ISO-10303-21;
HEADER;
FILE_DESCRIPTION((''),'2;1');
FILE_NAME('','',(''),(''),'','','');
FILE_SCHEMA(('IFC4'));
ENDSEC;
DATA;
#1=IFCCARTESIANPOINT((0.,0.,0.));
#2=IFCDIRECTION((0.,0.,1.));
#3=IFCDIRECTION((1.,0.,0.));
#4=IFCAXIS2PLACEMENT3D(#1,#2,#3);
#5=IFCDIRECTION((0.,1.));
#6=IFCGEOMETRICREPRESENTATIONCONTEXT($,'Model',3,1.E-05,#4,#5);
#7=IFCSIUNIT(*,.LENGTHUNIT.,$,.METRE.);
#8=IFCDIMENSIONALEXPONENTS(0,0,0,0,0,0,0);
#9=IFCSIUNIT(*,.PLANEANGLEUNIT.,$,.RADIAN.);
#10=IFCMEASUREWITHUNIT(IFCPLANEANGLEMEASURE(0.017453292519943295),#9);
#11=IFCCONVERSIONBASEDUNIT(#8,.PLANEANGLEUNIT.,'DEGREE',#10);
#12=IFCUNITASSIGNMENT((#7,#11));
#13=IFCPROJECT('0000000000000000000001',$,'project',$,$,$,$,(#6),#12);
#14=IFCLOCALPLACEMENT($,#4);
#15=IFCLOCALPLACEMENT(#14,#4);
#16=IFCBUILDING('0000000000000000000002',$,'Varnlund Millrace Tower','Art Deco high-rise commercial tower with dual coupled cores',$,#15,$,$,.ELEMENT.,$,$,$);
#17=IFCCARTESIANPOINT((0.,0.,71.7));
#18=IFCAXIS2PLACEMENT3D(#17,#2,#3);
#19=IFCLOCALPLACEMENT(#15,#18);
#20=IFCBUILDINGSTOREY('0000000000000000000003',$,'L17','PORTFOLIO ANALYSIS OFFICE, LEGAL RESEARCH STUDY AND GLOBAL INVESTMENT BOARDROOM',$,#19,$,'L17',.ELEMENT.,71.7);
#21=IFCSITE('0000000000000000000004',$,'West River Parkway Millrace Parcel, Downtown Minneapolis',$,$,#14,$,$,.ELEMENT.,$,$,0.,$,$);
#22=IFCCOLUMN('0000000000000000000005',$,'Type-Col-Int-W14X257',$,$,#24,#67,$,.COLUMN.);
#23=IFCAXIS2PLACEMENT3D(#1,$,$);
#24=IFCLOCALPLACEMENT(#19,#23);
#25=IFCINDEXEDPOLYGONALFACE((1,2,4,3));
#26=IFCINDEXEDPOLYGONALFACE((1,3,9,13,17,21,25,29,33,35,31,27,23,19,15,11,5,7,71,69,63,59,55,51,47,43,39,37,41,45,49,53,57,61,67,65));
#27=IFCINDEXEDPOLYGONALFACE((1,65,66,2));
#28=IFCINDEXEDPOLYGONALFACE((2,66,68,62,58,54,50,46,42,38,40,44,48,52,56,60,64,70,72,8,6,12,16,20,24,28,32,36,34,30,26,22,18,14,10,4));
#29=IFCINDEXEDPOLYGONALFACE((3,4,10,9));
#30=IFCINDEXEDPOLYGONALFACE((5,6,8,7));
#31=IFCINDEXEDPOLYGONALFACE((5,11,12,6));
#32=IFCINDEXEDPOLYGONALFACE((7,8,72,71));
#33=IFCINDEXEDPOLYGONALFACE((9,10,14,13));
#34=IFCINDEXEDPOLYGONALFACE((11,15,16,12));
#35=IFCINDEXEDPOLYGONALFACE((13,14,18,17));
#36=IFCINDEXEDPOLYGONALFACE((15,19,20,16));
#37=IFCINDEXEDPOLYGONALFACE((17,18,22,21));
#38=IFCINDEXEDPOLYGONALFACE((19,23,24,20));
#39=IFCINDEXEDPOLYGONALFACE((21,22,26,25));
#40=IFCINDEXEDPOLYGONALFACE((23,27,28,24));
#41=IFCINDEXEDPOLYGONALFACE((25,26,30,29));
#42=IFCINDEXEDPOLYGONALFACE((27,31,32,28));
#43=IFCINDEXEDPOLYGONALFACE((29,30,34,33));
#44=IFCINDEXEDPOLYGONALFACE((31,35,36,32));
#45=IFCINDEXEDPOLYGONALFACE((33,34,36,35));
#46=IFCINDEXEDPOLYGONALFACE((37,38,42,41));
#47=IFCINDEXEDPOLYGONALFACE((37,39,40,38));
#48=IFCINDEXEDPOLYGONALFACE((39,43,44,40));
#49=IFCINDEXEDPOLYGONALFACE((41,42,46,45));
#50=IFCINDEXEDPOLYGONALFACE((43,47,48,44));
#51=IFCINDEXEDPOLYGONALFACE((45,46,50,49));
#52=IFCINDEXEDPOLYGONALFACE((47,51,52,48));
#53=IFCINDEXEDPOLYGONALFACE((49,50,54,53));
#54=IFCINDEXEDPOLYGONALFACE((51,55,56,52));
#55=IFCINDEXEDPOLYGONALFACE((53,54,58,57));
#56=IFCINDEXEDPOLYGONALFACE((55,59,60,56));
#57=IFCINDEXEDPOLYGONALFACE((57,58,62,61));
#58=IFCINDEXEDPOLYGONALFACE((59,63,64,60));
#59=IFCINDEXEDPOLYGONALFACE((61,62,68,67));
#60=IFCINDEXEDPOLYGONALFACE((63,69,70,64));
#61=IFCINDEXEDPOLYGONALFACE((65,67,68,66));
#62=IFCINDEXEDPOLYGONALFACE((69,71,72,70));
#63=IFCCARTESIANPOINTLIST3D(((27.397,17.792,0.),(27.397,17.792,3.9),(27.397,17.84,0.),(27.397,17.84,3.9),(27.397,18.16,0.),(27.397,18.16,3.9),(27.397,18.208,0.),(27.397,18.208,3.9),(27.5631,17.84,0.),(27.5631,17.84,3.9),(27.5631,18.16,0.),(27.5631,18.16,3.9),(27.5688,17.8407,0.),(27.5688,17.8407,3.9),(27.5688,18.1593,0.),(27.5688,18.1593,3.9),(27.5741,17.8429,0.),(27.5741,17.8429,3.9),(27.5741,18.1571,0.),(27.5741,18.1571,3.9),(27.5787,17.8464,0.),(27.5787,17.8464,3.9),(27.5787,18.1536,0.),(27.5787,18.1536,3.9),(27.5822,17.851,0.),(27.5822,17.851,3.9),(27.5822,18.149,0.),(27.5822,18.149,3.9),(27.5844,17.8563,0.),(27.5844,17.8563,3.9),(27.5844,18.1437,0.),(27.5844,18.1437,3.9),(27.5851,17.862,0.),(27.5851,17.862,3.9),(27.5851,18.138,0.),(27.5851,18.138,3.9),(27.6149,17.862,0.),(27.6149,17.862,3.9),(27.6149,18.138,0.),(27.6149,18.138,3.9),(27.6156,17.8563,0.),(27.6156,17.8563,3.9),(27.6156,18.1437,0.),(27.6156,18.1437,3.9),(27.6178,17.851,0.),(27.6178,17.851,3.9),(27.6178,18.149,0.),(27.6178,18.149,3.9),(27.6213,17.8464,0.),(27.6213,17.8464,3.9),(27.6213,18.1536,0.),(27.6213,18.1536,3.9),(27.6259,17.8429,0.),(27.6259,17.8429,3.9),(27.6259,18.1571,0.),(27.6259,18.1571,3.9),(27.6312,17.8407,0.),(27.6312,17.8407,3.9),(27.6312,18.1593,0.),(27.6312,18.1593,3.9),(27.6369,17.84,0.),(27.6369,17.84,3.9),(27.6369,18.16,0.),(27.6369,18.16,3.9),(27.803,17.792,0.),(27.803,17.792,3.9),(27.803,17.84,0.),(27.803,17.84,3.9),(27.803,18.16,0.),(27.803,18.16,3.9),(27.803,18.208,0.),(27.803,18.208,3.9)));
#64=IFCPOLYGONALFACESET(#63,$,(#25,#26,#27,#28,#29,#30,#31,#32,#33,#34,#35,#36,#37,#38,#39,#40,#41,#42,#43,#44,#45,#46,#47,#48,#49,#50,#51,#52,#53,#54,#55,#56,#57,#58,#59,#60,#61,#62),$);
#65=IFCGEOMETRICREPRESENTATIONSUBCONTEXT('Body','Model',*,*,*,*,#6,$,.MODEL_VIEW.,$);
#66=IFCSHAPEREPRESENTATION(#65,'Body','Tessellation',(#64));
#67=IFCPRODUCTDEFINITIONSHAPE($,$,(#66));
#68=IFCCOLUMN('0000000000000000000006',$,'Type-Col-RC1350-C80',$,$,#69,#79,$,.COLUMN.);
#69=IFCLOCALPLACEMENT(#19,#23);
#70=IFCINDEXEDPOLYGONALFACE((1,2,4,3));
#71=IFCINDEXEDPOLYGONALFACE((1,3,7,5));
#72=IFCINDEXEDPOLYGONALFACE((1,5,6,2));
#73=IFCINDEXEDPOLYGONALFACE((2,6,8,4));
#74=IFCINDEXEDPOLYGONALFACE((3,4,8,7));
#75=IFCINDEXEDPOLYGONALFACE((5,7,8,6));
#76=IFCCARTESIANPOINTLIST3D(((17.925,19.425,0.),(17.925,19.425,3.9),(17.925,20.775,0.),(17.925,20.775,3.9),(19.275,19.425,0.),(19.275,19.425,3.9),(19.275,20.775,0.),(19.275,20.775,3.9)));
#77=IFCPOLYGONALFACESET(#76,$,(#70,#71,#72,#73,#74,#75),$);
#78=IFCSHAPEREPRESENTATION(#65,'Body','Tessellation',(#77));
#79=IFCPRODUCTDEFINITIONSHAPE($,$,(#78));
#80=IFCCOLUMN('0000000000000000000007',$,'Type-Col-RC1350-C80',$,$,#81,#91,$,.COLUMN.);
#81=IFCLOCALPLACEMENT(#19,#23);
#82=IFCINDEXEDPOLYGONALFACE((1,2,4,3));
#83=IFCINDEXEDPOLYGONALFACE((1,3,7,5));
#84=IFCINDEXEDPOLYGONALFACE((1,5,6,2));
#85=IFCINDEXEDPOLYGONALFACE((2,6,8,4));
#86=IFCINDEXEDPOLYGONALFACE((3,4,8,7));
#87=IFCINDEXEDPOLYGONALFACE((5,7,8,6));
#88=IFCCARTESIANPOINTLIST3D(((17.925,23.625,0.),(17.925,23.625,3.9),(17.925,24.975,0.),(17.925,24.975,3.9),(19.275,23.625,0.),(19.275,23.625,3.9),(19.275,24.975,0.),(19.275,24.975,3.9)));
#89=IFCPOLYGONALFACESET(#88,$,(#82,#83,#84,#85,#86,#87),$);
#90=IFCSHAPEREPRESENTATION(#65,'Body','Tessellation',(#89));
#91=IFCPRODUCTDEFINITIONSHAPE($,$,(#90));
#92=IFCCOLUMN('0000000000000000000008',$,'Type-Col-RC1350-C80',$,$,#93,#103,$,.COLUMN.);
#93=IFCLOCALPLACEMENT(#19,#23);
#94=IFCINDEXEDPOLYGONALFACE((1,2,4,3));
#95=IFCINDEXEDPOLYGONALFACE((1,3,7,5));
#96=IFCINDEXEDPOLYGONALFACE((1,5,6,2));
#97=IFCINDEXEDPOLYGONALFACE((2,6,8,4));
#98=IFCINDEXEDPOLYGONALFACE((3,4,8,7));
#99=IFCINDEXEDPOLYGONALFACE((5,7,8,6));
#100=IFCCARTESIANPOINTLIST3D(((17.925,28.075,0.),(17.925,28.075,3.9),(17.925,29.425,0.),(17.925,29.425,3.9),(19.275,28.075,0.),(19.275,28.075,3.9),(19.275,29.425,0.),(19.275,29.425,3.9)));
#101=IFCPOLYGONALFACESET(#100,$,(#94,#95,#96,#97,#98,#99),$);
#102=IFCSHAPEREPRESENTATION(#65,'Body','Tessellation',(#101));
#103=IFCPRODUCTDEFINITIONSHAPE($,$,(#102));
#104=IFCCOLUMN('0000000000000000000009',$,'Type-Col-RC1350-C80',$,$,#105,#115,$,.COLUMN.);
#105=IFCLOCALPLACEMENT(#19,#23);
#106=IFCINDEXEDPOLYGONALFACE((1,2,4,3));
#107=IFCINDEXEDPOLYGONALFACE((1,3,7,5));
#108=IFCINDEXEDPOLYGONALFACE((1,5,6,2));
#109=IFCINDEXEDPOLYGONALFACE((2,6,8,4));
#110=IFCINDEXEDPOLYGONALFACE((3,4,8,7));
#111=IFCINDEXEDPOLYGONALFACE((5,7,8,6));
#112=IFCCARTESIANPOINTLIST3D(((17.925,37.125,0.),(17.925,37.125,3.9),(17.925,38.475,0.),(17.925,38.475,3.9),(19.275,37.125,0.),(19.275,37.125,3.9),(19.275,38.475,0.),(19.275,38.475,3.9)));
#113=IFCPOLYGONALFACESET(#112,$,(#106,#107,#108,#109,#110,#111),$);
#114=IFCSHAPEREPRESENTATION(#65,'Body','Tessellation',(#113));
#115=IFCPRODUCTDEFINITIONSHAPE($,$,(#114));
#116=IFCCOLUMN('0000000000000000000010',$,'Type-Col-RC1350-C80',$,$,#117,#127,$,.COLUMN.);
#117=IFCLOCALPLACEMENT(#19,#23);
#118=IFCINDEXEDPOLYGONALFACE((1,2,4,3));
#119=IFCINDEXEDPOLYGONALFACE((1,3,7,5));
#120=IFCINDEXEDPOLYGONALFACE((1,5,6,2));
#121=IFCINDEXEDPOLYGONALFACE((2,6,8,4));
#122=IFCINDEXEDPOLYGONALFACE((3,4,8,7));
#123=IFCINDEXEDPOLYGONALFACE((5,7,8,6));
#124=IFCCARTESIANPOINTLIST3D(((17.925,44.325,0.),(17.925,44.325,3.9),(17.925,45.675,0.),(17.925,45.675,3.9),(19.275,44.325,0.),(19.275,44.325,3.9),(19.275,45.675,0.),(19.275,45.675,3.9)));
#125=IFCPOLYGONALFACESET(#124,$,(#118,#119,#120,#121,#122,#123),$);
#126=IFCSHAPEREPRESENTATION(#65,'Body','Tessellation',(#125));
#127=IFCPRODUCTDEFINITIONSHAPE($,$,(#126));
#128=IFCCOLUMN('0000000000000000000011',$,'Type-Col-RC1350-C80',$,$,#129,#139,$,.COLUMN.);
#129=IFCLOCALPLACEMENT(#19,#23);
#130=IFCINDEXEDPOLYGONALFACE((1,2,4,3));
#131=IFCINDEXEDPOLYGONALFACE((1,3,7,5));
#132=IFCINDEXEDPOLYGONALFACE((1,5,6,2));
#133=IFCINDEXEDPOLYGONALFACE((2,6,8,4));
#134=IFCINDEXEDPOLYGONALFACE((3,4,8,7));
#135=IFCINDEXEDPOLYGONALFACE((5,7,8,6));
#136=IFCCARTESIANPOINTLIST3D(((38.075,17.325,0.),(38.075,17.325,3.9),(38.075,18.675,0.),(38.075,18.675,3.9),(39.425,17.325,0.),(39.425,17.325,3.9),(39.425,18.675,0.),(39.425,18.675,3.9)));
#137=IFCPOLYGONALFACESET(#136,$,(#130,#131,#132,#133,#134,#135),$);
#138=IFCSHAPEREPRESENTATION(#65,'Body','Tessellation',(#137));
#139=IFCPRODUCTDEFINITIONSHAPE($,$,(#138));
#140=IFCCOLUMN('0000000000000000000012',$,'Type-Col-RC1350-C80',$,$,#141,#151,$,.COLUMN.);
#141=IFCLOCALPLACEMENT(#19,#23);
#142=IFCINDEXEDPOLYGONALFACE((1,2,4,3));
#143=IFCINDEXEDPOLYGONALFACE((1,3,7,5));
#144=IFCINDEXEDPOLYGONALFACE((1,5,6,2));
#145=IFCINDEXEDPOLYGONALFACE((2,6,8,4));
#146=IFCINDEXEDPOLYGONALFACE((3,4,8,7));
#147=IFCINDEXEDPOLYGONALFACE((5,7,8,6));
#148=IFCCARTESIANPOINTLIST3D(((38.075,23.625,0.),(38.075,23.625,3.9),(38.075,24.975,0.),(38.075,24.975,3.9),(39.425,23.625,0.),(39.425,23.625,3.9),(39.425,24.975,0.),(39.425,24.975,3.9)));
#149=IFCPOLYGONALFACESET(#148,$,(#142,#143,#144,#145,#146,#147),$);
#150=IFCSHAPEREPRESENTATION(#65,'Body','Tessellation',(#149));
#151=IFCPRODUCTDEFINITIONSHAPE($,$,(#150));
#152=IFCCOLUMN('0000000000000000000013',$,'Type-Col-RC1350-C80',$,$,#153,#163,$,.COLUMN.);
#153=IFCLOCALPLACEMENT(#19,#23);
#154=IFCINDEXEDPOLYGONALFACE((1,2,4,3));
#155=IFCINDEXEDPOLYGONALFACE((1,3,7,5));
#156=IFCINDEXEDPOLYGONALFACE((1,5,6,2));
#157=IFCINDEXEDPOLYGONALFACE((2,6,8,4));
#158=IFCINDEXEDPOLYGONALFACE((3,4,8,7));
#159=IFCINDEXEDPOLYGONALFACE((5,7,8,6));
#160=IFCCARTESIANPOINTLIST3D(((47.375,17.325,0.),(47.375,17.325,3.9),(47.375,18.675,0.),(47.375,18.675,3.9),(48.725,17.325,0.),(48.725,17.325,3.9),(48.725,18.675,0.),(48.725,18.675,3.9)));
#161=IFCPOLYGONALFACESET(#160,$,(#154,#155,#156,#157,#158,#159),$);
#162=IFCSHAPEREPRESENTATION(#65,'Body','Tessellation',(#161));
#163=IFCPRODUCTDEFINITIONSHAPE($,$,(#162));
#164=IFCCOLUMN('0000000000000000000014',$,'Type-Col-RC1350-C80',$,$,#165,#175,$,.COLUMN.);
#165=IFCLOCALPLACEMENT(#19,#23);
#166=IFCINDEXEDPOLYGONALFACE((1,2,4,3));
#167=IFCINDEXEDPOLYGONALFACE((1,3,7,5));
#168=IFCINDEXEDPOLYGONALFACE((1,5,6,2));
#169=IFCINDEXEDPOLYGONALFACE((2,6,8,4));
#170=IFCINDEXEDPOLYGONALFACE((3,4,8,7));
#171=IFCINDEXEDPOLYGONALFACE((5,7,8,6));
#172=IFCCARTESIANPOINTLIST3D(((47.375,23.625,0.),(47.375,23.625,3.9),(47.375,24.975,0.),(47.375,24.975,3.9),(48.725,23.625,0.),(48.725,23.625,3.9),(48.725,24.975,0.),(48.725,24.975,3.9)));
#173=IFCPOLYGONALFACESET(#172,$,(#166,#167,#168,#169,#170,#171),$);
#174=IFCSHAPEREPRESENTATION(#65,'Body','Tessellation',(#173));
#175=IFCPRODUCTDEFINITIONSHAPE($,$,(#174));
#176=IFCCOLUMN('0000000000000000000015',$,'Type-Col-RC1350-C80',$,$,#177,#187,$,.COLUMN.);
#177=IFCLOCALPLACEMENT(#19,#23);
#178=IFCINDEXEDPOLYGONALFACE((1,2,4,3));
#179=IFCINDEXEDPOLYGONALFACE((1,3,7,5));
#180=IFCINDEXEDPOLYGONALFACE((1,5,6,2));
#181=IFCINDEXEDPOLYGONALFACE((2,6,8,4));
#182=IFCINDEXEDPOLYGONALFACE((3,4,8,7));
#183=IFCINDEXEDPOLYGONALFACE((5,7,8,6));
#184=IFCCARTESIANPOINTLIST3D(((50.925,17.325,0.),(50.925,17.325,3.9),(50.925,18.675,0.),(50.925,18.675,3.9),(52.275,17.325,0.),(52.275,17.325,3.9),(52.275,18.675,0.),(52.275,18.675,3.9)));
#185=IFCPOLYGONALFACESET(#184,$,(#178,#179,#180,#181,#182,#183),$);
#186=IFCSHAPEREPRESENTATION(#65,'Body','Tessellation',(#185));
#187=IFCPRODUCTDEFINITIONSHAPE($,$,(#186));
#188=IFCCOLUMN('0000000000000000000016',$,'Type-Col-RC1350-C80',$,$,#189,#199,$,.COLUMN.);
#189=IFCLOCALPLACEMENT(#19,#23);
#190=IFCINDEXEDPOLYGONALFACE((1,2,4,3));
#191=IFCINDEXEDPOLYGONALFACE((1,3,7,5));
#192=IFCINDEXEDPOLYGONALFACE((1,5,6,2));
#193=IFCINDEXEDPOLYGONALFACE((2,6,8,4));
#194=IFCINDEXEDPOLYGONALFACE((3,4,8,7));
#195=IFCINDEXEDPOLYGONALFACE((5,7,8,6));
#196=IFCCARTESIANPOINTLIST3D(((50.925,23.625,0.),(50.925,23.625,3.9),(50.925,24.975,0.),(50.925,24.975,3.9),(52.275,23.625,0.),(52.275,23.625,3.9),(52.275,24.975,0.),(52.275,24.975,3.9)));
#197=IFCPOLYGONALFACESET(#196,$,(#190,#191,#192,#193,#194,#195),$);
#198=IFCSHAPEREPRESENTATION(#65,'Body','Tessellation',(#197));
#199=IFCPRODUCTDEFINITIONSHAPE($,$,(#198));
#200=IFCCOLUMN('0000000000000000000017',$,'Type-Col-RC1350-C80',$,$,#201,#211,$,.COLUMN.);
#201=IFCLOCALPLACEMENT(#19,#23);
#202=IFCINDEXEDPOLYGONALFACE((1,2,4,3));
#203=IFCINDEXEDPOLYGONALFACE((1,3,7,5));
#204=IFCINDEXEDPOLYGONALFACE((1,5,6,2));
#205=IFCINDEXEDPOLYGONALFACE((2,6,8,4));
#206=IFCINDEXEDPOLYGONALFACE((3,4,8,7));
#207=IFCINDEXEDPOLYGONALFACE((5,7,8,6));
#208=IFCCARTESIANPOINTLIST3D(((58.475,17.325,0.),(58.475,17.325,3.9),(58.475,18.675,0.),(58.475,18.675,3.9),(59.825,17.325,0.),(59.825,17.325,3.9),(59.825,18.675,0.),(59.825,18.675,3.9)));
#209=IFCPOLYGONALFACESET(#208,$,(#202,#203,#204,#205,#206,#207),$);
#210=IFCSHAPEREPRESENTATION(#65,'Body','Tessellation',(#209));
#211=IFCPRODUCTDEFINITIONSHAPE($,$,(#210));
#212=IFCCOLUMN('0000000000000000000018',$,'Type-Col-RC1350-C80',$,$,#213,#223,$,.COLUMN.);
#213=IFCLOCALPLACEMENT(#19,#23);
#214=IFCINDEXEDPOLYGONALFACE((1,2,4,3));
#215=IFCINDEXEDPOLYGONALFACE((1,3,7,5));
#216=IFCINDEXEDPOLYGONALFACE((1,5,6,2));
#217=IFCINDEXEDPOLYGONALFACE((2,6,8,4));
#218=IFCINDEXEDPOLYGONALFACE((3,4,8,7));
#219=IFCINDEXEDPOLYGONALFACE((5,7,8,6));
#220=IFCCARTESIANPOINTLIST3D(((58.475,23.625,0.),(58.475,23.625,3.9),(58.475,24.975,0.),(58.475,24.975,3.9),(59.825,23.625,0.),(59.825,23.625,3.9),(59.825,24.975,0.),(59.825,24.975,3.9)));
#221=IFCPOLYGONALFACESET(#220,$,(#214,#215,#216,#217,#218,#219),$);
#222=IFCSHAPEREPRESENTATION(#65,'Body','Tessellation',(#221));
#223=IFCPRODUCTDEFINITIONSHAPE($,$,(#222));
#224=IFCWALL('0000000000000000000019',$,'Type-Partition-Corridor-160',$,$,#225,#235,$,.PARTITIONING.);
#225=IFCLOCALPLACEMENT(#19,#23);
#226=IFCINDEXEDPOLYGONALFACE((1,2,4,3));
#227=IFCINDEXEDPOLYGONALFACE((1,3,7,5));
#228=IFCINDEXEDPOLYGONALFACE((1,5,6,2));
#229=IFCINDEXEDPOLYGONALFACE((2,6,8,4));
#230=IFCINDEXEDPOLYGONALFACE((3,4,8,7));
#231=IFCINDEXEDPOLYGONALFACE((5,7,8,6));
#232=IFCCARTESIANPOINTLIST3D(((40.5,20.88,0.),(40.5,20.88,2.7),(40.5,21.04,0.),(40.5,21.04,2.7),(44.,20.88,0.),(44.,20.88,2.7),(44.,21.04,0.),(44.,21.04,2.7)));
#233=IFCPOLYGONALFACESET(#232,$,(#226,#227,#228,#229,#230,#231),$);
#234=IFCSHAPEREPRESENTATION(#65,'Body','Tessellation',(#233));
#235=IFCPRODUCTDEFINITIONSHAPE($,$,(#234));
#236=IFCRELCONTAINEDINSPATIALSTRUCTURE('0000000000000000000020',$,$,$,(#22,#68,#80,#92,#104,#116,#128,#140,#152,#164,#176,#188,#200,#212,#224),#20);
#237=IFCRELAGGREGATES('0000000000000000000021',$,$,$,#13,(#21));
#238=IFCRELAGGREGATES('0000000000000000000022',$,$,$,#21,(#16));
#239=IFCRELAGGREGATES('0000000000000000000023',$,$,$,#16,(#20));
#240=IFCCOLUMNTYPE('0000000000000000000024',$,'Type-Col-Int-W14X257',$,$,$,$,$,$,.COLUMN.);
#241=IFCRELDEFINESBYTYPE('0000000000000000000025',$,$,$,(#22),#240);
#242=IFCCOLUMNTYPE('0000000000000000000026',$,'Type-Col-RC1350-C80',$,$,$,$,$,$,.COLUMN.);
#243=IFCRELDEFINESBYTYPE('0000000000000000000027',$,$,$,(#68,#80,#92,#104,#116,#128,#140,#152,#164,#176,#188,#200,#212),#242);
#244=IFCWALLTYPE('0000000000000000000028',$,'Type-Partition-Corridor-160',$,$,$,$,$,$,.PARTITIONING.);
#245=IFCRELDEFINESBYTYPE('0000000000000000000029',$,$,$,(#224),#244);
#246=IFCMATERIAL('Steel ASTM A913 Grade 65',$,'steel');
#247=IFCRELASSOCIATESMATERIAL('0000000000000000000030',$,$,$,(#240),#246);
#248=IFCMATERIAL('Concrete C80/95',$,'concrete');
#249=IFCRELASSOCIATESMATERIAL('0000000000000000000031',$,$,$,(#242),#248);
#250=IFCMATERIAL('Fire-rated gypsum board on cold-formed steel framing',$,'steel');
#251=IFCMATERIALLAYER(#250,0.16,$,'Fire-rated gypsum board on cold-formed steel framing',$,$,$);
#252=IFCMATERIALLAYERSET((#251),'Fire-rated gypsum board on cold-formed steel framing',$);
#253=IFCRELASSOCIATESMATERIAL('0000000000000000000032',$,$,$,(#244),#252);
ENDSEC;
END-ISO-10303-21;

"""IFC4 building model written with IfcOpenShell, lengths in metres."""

from ifc_helpers import new_model, entity, si_unit, converted_unit, direction, frame, origin_with_axes, origin_2d_with_axis, place, context, subcontext, project, spatial, polyline, rectangle, i_section, outline, extrude, material, layer, layer_set, material_profile, profile_set, type_object, element, save


model = new_model("IFC4")

# Units and contexts
model_context = context("Model", 3, precision=1e-05, world=origin_with_axes(), true_north=direction((0.0, 1.0)))
body_context = subcontext(model_context, "Body", "Model", "MODEL_VIEW")
ifc_project = project(units=[si_unit("LENGTHUNIT", "METRE"), converted_unit("PLANEANGLEUNIT", "DEGREE", entity("IfcPlaneAngleMeasure", 0.017453292519943295), si_unit("PLANEANGLEUNIT", "RADIAN"), dimensions=[0, 0, 0, 0, 0, 0, 0])], contexts=[model_context])

# Site, building, storey
site_placement = place(None, origin_with_axes())
site = spatial("IfcSite", under=ifc_project, at=site_placement, Name="West River Parkway Millrace Parcel, Downtown Minneapolis", CompositionType="ELEMENT", RefElevation=0.0)
building_placement = place(site_placement, origin_with_axes())
building = spatial("IfcBuilding", under=site, at=building_placement, Name="Varnlund Millrace Tower", Description="Art Deco high-rise commercial tower with dual coupled cores", CompositionType="ELEMENT")
storey_placement = place(building_placement, frame((0.0, 0.0, 71.7), z_axis=(0.0, 0.0, 1.0), x_axis=(1.0, 0.0, 0.0)))
storey = spatial("IfcBuildingStorey", under=building, at=storey_placement, Name="L17", Description="PORTFOLIO ANALYSIS OFFICE, LEGAL RESEARCH STUDY AND GLOBAL INVESTMENT BOARDROOM", LongName="L17", CompositionType="ELEMENT", Elevation=71.7)

# Columns
ifc_material_1 = material(Name="Steel ASTM A913 Grade 65", Category="steel")
ifc_material_profile_1 = material_profile(ifc_material_1, i_section(OverallWidth=0.406, OverallDepth=0.416, WebThickness=0.0298, FlangeThickness=0.048, FilletRadius=0.022, at=origin_2d_with_axis()), Name="Steel ASTM A913 Grade 65")
ifc_profile_set_1 = profile_set([ifc_material_profile_1], Name="Steel ASTM A913 Grade 65")
column_type_1 = type_object("IfcColumnType", Name="Type-Col-Int-W14X257", PredefinedType="COLUMN", material=ifc_profile_set_1)
column_placement = place(storey_placement, frame((27.6, 18.0, 0.0), z_axis=(0.0, 0.0, 1.0), x_axis=(1.0, 0.0, 0.0)))
element("IfcColumn", 1, at=column_placement, inside=storey, type_object=column_type_1, Name="Type-Col-Int-W14X257", PredefinedType="COLUMN", context=body_context, shape_type="SweptSolid", body=[
    extrude(i_section(OverallWidth=0.406, OverallDepth=0.416, WebThickness=0.0298, FlangeThickness=0.048, FilletRadius=0.022, at=origin_2d_with_axis()), origin_with_axes(), (0.0, 0.0, 1.0), 3.9),
])
ifc_material_2 = material(Name="Concrete C80/95", Category="concrete")
ifc_material_profile_2 = material_profile(ifc_material_2, rectangle(XDim=1.35, YDim=1.35, at=origin_2d_with_axis()), Name="Concrete C80/95")
ifc_profile_set_2 = profile_set([ifc_material_profile_2], Name="Concrete C80/95")
column_type_2 = type_object("IfcColumnType", Name="Type-Col-RC1350-C80", PredefinedType="COLUMN", material=ifc_profile_set_2)
for number, where, z_axis, x_axis, name in (
    (2, (18.6, 20.1, 0.0), (0.0, 0.0, 1.0), (1.0, 0.0, 0.0), "Type-Col-RC1350-C80"),
    (3, (18.6, 24.3, 0.0), (0.0, 0.0, 1.0), (1.0, 0.0, 0.0), "Type-Col-RC1350-C80"),
    (4, (18.6, 28.75, 0.0), (0.0, 0.0, 1.0), (1.0, 0.0, 0.0), "Type-Col-RC1350-C80"),
    (5, (18.6, 37.8, 0.0), (0.0, 0.0, 1.0), (1.0, 0.0, 0.0), "Type-Col-RC1350-C80"),
    (6, (18.6, 45.0, 0.0), (0.0, 0.0, 1.0), (1.0, 0.0, 0.0), "Type-Col-RC1350-C80"),
    (7, (38.75, 18.0, 0.0), (0.0, 0.0, 1.0), (1.0, 0.0, 0.0), "Type-Col-RC1350-C80"),
    (8, (38.75, 24.3, 0.0), (0.0, 0.0, 1.0), (1.0, 0.0, 0.0), "Type-Col-RC1350-C80"),
    (9, (48.05, 18.0, 0.0), (0.0, 0.0, 1.0), (1.0, 0.0, 0.0), "Type-Col-RC1350-C80"),
    (10, (48.05, 24.3, 0.0), (0.0, 0.0, 1.0), (1.0, 0.0, 0.0), "Type-Col-RC1350-C80"),
    (11, (51.6, 18.0, 0.0), (0.0, 0.0, 1.0), (1.0, 0.0, 0.0), "Type-Col-RC1350-C80"),
    (12, (51.6, 24.3, 0.0), (0.0, 0.0, 1.0), (1.0, 0.0, 0.0), "Type-Col-RC1350-C80"),
    (13, (59.15, 18.0, 0.0), (0.0, 0.0, 1.0), (1.0, 0.0, 0.0), "Type-Col-RC1350-C80"),
    (14, (59.15, 24.3, 0.0), (0.0, 0.0, 1.0), (1.0, 0.0, 0.0), "Type-Col-RC1350-C80"),
):
    element("IfcColumn", number, at=place(storey_placement, frame(where, z_axis=z_axis, x_axis=x_axis)), inside=storey, type_object=column_type_2, Name=name, PredefinedType="COLUMN", context=body_context, shape_type="SweptSolid", body=[
        extrude(rectangle(XDim=1.35, YDim=1.35, at=origin_2d_with_axis()), origin_with_axes(), (0.0, 0.0, 1.0), 3.9),
    ])

# Wall
ifc_material_3 = material(Name="Fire-rated gypsum board on cold-formed steel framing", Category="steel")
ifc_layer_1 = layer(ifc_material_3, 0.16, Name="Fire-rated gypsum board on cold-formed steel framing")
ifc_layer_set_1 = layer_set([ifc_layer_1], Name="Fire-rated gypsum board on cold-formed steel framing")
wall_type_1 = type_object("IfcWallType", Name="Type-Partition-Corridor-160", PredefinedType="PARTITIONING", material=ifc_layer_set_1)
wall_1_placement = place(storey_placement, frame((40.5, 20.96, 0.0), z_axis=(0.0, 0.0, 1.0), x_axis=(1.0, 0.0, 0.0)))
element("IfcWall", 15, at=wall_1_placement, inside=storey, type_object=wall_type_1, Name="Type-Partition-Corridor-160", PredefinedType="PARTITIONING", context=body_context, shape_type="SweptSolid", body=[
    extrude(outline(polyline([(0.0, -0.08), (3.5, -0.08), (3.5, 0.08), (0.0, 0.08), (0.0, -0.08)])), origin_with_axes(), (0.0, 0.0, 1.0), 2.7),
])

save(model, "model.ifc")
